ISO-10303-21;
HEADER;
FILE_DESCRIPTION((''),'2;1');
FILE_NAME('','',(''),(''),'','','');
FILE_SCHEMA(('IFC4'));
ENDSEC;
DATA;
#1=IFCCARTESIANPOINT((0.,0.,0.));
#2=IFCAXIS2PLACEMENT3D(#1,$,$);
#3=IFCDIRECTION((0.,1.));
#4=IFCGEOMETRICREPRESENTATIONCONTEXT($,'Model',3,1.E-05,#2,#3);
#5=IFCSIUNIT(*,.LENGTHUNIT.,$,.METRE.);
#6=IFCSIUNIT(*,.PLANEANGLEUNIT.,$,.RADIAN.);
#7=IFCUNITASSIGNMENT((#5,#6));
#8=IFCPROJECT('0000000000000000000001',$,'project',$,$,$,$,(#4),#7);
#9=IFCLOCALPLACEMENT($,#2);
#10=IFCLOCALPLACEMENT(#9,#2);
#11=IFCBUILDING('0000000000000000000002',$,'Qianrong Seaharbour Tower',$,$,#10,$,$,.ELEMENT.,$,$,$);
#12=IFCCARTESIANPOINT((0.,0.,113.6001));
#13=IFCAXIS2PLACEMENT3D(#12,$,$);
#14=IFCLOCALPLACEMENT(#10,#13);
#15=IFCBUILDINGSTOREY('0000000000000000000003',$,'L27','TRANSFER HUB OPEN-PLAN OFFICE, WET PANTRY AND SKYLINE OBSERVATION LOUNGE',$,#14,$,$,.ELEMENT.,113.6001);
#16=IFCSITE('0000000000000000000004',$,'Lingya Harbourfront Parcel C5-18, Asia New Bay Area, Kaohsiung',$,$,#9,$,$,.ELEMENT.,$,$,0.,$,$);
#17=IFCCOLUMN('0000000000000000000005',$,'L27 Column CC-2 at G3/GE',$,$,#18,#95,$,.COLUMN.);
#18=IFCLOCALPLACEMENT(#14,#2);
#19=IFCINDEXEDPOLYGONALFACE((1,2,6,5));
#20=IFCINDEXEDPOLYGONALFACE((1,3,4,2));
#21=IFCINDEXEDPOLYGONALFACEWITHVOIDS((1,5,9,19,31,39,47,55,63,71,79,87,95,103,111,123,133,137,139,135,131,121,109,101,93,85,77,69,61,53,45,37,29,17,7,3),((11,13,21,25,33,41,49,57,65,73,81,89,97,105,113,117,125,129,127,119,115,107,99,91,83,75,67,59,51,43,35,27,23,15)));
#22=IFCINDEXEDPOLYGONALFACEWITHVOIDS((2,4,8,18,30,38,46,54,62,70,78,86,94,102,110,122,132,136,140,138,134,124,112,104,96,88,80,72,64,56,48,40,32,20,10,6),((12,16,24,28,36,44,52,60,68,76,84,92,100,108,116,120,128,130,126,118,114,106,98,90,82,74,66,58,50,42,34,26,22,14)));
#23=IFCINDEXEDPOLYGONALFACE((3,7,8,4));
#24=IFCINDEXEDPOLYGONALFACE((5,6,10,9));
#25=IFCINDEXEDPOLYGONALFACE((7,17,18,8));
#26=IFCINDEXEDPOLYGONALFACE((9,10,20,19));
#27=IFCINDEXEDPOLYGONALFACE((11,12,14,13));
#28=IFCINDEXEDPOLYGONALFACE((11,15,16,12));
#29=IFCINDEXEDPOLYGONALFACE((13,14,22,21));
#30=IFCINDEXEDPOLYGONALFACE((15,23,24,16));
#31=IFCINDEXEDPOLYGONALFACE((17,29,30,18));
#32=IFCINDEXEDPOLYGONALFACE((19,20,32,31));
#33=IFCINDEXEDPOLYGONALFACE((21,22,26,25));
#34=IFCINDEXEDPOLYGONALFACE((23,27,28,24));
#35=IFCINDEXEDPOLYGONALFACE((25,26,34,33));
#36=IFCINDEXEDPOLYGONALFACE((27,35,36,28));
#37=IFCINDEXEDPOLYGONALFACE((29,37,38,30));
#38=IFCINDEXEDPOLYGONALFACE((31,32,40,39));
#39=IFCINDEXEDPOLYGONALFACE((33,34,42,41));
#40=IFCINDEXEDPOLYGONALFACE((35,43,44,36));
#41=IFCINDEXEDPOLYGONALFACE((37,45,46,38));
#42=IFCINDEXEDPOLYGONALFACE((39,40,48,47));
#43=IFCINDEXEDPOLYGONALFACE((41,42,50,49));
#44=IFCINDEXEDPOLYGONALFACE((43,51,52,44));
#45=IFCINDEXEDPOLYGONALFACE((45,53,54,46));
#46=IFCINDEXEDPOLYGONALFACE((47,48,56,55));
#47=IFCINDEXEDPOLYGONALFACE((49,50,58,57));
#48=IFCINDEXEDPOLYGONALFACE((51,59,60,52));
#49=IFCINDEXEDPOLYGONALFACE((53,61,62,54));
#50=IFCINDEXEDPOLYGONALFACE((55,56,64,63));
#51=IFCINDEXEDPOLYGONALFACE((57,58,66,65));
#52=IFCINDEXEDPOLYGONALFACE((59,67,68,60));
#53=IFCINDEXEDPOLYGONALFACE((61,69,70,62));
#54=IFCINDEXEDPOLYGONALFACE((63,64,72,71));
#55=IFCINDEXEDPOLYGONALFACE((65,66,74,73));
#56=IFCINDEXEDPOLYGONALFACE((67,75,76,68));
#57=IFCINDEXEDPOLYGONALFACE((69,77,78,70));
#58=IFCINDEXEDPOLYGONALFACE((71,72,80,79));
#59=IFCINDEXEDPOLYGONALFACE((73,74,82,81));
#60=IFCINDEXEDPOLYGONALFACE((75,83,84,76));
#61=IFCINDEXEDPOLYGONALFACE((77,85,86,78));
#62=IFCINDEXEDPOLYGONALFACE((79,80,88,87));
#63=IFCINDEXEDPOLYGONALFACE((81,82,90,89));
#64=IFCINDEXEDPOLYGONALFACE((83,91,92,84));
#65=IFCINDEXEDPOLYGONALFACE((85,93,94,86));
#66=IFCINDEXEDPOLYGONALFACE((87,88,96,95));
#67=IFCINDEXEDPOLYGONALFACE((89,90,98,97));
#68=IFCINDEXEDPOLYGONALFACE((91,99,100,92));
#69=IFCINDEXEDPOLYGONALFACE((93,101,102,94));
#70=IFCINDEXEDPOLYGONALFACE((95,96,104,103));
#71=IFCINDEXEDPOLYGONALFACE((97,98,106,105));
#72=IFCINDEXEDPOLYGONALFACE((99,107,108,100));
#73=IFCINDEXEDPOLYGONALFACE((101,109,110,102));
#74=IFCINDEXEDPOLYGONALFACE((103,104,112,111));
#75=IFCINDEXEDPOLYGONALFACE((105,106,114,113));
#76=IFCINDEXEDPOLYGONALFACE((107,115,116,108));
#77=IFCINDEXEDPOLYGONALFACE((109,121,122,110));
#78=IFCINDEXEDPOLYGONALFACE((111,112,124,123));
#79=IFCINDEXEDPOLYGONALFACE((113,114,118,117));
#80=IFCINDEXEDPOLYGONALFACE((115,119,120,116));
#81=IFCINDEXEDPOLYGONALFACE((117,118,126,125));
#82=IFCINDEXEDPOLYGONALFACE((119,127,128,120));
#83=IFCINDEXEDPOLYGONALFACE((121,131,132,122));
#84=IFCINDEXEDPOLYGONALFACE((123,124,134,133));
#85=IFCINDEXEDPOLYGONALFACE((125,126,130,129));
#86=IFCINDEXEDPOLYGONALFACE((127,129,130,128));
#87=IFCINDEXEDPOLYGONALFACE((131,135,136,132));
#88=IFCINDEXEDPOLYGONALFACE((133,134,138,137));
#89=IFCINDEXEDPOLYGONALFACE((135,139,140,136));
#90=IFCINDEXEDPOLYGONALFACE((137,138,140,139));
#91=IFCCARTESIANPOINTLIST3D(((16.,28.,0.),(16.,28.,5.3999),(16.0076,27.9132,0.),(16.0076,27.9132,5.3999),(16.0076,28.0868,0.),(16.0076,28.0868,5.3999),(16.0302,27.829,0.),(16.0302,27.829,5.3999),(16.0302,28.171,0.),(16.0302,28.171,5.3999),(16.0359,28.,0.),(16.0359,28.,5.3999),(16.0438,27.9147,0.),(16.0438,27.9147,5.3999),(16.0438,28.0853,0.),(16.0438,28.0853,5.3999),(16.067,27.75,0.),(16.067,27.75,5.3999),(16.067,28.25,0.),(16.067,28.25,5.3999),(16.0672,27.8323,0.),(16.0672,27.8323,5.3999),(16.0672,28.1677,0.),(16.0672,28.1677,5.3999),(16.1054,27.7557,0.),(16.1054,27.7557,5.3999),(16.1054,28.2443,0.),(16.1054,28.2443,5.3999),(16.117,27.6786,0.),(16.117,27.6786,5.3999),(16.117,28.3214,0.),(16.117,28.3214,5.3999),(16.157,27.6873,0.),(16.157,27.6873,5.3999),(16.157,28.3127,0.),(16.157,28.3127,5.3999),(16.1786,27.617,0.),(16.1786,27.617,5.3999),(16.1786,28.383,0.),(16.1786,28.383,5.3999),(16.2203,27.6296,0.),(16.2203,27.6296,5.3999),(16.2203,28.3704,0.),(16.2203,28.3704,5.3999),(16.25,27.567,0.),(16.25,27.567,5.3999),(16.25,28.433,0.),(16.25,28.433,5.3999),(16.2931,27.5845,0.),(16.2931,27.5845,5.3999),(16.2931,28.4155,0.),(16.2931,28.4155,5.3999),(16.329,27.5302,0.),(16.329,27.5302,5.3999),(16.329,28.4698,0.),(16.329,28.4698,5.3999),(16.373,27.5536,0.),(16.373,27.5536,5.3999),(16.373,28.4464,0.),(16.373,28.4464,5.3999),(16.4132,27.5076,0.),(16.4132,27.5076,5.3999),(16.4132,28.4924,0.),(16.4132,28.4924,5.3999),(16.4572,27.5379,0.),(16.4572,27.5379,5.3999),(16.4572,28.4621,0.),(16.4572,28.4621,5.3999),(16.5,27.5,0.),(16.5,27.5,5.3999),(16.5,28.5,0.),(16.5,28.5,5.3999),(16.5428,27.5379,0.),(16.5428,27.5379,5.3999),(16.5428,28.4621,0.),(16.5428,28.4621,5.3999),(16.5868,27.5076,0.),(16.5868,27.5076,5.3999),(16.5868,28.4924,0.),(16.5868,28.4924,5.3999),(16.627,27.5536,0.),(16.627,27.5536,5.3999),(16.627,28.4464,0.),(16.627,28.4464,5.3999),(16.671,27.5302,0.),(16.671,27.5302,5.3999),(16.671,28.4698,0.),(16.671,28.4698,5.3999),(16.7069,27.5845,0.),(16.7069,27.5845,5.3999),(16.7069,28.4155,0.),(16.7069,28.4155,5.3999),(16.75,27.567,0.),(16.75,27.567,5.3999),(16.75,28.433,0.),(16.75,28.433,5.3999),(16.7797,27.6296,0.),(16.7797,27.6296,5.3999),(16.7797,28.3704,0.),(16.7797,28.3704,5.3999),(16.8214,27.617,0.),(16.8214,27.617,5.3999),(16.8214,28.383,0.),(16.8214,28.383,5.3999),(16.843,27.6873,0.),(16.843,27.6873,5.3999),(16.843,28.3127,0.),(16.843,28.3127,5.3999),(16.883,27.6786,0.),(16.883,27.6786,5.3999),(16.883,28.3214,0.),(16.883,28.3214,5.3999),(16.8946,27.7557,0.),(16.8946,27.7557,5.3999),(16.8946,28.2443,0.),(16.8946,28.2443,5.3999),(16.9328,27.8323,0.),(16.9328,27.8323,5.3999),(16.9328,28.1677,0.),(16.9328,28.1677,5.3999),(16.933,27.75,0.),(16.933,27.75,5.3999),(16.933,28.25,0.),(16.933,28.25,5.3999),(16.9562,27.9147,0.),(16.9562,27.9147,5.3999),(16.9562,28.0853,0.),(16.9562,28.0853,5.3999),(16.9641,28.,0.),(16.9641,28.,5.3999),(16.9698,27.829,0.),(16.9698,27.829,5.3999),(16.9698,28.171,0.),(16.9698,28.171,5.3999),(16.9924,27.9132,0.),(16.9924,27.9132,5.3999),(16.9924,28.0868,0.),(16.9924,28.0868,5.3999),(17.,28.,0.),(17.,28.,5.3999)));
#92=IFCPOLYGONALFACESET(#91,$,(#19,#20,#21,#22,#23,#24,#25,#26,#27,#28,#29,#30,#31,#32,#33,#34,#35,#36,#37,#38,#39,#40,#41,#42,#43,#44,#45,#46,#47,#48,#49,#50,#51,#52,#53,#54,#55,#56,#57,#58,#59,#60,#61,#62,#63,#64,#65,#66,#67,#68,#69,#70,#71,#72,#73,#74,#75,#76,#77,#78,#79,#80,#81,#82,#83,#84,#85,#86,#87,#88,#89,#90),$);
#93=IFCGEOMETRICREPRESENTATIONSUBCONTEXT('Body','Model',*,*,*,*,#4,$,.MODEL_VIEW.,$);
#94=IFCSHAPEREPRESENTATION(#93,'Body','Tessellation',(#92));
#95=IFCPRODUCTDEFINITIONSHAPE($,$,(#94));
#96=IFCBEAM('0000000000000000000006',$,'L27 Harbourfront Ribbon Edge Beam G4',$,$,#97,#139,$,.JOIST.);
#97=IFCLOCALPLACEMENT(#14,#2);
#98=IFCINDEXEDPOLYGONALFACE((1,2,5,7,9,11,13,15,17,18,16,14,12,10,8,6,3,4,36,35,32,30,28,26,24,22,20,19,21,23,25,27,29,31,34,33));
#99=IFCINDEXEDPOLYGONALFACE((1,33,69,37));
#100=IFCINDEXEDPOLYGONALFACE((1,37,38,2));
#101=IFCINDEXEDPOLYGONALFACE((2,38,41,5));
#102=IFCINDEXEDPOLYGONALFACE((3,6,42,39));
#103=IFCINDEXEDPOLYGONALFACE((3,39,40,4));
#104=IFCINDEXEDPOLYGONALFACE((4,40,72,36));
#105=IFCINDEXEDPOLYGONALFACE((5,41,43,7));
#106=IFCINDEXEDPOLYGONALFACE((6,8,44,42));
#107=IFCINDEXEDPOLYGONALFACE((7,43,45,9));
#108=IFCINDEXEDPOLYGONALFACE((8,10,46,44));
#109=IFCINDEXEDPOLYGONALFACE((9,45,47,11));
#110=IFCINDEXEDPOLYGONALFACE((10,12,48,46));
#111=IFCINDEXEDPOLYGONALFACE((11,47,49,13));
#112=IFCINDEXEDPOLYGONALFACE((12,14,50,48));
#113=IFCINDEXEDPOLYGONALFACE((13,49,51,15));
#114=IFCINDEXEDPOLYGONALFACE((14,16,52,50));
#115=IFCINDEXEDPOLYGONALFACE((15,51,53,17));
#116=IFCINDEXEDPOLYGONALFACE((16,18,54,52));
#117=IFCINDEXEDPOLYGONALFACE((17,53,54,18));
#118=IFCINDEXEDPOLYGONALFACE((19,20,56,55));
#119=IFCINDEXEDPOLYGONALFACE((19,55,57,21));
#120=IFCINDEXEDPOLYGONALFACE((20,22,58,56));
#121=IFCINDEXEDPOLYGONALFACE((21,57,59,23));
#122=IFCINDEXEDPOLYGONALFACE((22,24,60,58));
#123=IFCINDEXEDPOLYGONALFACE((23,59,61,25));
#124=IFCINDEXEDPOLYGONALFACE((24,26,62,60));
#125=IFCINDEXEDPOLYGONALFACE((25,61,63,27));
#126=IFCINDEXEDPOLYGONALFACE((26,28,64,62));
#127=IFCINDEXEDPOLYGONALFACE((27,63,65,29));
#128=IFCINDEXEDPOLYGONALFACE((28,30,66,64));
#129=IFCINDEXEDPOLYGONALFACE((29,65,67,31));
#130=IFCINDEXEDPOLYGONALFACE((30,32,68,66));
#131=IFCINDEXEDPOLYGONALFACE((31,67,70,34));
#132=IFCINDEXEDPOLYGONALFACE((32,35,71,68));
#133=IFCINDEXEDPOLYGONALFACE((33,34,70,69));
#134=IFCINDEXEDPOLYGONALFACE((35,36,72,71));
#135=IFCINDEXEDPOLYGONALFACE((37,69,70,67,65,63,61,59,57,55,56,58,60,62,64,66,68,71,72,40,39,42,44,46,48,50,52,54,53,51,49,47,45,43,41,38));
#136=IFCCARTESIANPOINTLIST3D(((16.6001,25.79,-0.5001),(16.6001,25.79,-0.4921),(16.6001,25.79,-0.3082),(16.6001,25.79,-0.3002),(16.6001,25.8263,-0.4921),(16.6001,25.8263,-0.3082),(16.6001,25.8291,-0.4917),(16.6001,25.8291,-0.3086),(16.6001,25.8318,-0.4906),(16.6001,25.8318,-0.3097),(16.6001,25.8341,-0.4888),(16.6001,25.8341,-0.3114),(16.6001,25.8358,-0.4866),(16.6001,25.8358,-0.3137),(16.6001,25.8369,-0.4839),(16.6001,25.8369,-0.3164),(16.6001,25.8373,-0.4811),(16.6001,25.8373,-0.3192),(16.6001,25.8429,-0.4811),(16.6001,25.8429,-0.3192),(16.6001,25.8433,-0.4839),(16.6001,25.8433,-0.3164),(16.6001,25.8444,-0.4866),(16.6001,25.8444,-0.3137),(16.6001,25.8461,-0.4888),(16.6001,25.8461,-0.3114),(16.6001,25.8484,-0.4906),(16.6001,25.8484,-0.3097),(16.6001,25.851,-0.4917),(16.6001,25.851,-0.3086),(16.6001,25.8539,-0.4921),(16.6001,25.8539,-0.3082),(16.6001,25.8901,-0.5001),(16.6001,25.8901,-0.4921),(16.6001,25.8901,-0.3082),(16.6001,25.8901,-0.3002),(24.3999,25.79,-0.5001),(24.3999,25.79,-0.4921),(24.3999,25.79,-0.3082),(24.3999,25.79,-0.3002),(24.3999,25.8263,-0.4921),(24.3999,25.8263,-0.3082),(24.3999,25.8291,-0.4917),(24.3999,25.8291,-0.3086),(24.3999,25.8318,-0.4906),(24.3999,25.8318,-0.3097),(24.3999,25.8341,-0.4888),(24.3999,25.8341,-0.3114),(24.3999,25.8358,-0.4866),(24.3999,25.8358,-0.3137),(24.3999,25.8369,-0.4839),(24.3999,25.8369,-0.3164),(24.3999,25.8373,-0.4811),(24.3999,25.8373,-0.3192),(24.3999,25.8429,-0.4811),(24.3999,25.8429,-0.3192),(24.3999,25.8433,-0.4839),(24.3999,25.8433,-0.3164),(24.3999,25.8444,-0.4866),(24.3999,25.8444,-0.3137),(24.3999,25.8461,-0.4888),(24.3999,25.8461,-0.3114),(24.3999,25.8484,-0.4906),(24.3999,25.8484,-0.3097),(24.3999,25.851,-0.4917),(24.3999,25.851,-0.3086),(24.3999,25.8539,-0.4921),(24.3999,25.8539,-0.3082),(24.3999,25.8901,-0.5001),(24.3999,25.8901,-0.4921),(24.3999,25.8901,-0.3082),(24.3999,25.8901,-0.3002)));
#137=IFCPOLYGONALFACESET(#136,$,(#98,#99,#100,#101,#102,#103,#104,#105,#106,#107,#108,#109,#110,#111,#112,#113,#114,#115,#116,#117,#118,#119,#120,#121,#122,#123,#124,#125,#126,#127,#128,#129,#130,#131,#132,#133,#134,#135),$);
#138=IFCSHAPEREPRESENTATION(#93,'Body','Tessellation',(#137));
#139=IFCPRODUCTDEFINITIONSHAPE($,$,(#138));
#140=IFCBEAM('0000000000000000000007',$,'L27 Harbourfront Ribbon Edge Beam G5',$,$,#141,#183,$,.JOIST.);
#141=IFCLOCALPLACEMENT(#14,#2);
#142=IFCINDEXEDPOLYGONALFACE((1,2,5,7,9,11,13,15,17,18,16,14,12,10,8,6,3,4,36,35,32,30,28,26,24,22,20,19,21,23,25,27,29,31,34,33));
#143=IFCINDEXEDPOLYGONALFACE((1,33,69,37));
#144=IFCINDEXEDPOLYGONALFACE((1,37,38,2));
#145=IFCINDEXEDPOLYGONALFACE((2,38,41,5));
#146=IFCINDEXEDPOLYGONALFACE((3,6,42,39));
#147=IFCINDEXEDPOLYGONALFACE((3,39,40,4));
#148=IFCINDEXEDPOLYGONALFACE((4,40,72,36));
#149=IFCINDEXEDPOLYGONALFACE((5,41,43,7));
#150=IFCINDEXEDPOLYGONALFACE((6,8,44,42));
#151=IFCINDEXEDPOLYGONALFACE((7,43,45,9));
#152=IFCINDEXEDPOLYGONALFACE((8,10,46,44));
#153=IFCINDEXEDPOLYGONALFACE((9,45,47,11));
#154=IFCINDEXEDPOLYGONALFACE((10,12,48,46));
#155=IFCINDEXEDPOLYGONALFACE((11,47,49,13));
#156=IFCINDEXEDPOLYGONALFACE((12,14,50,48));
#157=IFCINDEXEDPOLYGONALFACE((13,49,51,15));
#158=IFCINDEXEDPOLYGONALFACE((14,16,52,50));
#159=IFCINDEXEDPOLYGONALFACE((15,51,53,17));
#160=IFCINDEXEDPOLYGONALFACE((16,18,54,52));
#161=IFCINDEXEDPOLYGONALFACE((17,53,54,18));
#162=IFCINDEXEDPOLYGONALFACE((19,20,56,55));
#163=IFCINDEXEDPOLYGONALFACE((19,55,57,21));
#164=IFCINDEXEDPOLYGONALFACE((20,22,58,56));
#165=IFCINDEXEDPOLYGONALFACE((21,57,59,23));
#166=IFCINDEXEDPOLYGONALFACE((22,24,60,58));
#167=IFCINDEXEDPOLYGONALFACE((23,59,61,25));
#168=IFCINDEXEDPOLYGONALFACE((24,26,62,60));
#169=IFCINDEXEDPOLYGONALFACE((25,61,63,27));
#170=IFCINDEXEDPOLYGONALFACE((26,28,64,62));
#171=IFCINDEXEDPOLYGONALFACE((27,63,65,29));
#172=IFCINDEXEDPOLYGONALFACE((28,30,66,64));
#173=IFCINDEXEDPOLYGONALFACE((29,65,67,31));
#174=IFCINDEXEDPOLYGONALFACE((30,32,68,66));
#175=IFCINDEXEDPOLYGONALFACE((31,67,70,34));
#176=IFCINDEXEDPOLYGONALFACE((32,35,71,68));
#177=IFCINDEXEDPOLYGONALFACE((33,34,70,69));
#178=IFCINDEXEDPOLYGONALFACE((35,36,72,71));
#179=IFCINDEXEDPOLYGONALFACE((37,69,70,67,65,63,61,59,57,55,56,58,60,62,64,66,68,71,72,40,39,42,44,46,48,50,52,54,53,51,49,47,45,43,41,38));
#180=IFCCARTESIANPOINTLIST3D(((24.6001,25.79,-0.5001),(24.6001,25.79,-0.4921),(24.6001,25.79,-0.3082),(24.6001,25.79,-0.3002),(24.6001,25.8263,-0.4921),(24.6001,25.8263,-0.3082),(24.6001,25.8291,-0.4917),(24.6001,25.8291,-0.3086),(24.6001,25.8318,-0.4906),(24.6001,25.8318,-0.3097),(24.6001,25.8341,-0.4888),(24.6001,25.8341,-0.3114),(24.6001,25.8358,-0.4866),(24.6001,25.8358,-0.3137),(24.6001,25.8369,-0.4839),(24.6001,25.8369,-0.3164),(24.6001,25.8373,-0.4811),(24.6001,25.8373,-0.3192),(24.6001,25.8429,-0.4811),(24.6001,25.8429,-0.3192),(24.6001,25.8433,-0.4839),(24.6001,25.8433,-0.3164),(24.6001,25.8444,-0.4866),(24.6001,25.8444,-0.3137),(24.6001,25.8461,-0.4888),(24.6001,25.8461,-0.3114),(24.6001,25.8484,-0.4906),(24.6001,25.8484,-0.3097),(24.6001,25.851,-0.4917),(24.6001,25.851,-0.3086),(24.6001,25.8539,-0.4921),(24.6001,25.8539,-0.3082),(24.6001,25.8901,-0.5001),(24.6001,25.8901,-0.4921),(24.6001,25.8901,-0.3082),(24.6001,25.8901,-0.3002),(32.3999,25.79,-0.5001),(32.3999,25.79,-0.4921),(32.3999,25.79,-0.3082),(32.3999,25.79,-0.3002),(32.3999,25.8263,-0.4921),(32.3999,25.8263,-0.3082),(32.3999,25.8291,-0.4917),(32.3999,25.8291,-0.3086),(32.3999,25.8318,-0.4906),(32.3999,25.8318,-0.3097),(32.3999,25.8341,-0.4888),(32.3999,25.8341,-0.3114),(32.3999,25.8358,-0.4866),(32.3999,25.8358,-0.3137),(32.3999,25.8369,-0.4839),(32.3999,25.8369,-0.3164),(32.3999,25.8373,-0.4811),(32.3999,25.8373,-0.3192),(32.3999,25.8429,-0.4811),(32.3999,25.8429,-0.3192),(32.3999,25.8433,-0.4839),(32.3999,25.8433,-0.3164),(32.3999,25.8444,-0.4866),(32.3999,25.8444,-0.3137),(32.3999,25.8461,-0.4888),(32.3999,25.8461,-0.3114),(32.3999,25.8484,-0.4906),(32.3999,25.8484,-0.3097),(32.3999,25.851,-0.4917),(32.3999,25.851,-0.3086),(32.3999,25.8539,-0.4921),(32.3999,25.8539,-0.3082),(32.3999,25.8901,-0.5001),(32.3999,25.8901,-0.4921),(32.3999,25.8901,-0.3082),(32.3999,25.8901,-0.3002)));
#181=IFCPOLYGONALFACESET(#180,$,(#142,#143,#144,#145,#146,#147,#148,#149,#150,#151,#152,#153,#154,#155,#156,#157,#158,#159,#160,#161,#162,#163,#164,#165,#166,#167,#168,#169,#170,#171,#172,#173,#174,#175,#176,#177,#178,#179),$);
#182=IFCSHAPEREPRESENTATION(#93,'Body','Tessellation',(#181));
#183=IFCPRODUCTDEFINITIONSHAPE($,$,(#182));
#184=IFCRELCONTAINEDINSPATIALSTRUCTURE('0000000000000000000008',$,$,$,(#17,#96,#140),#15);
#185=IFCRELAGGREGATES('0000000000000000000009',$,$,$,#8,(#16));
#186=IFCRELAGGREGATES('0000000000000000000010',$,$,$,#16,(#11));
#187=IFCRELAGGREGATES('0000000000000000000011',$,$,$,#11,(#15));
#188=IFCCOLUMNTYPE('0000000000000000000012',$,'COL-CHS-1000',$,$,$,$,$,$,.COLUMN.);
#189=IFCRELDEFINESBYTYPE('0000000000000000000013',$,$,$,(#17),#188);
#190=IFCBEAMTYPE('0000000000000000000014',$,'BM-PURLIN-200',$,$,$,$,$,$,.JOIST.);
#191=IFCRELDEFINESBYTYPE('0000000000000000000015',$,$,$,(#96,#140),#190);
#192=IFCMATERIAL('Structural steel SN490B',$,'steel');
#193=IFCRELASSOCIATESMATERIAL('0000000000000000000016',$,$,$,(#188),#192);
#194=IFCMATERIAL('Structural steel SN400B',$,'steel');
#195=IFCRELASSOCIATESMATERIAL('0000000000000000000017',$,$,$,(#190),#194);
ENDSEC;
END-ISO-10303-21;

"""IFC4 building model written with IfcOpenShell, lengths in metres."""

from ifc_helpers import new_model, si_unit, direction, frame, origin, origin_2d, place, context, subcontext, project, spatial, hollow_circle, i_section, extrude, material, material_profile, profile_set, type_object, element, save


model = new_model("IFC4")

# Units and contexts
model_context = context("Model", 3, precision=1e-05, world=origin(), true_north=direction((0.0, 1.0)))
body_context = subcontext(model_context, "Body", "Model", "MODEL_VIEW")
ifc_project = project(units=[si_unit("LENGTHUNIT", "METRE"), si_unit("PLANEANGLEUNIT", "RADIAN")], contexts=[model_context])

# Site, building, storey
site_placement = place(None, origin())
site = spatial("IfcSite", under=ifc_project, at=site_placement, Name="Lingya Harbourfront Parcel C5-18, Asia New Bay Area, Kaohsiung", CompositionType="ELEMENT", RefElevation=0.0)
building_placement = place(site_placement, origin())
building = spatial("IfcBuilding", under=site, at=building_placement, Name="Qianrong Seaharbour Tower", CompositionType="ELEMENT")
storey_placement = place(building_placement, frame((0.0, 0.0, 113.6001)))
storey = spatial("IfcBuildingStorey", under=building, at=storey_placement, Name="L27", Description="TRANSFER HUB OPEN-PLAN OFFICE, WET PANTRY AND SKYLINE OBSERVATION LOUNGE", CompositionType="ELEMENT", Elevation=113.6001)

# Column
ifc_material_1 = material(Name="Structural steel SN490B", Category="steel")
ifc_material_profile_1 = material_profile(ifc_material_1, hollow_circle(Radius=0.5, WallThickness=0.0359, at=origin_2d()), Name="CHS1000x36")
ifc_profile_set_1 = profile_set([ifc_material_profile_1], Name="Structural steel SN490B")
column_type = type_object("IfcColumnType", Name="COL-CHS-1000", PredefinedType="COLUMN", material=ifc_profile_set_1)
column_placement = place(storey_placement, frame((16.5, 28.0, 0.0), z_axis=(0.0, 0.0, 1.0), x_axis=(1.0, 0.0, 0.0)))
element("IfcColumn", 1, at=column_placement, inside=storey, type_object=column_type, Name="L27 Column CC-2 at G3/GE", PredefinedType="COLUMN", context=body_context, shape_type="SweptSolid", body=[
    extrude(hollow_circle(Radius=0.5, WallThickness=0.0359, at=origin_2d()), origin(), (0.0, 0.0, 1.0), 5.3999),
])

# Beams
ifc_material_2 = material(Name="Structural steel SN400B", Category="steel")
ifc_material_profile_2 = material_profile(ifc_material_2, i_section(OverallWidth=0.1001, OverallDepth=0.2, WebThickness=0.0056, FlangeThickness=0.0081, FilletRadius=0.011, at=origin_2d()), Name="H200x100x5.5x8")
ifc_profile_set_2 = profile_set([ifc_material_profile_2], Name="Structural steel SN400B")
beam_type_1 = type_object("IfcBeamType", Name="BM-PURLIN-200", PredefinedType="JOIST", material=ifc_profile_set_2)
for number, where, z_axis, x_axis, name in (
    (2, (16.6001, 25.8401, -0.4001), (1.0, 0.0, 0.0), (0.0, 1.0, 0.0), "L27 Harbourfront Ribbon Edge Beam G4"),
    (3, (24.6001, 25.8401, -0.4001), (1.0, 0.0, 0.0), (0.0, 1.0, 0.0), "L27 Harbourfront Ribbon Edge Beam G5"),
):
    element("IfcBeam", number, at=place(storey_placement, frame(where, z_axis=z_axis, x_axis=x_axis)), inside=storey, type_object=beam_type_1, Name=name, PredefinedType="JOIST", context=body_context, shape_type="SweptSolid", body=[
        extrude(i_section(OverallWidth=0.1001, OverallDepth=0.2, WebThickness=0.0056, FlangeThickness=0.0081, FilletRadius=0.011, at=origin_2d()), origin(), (0.0, 0.0, 1.0), 7.7998),
    ])

save(model, "model.ifc")
